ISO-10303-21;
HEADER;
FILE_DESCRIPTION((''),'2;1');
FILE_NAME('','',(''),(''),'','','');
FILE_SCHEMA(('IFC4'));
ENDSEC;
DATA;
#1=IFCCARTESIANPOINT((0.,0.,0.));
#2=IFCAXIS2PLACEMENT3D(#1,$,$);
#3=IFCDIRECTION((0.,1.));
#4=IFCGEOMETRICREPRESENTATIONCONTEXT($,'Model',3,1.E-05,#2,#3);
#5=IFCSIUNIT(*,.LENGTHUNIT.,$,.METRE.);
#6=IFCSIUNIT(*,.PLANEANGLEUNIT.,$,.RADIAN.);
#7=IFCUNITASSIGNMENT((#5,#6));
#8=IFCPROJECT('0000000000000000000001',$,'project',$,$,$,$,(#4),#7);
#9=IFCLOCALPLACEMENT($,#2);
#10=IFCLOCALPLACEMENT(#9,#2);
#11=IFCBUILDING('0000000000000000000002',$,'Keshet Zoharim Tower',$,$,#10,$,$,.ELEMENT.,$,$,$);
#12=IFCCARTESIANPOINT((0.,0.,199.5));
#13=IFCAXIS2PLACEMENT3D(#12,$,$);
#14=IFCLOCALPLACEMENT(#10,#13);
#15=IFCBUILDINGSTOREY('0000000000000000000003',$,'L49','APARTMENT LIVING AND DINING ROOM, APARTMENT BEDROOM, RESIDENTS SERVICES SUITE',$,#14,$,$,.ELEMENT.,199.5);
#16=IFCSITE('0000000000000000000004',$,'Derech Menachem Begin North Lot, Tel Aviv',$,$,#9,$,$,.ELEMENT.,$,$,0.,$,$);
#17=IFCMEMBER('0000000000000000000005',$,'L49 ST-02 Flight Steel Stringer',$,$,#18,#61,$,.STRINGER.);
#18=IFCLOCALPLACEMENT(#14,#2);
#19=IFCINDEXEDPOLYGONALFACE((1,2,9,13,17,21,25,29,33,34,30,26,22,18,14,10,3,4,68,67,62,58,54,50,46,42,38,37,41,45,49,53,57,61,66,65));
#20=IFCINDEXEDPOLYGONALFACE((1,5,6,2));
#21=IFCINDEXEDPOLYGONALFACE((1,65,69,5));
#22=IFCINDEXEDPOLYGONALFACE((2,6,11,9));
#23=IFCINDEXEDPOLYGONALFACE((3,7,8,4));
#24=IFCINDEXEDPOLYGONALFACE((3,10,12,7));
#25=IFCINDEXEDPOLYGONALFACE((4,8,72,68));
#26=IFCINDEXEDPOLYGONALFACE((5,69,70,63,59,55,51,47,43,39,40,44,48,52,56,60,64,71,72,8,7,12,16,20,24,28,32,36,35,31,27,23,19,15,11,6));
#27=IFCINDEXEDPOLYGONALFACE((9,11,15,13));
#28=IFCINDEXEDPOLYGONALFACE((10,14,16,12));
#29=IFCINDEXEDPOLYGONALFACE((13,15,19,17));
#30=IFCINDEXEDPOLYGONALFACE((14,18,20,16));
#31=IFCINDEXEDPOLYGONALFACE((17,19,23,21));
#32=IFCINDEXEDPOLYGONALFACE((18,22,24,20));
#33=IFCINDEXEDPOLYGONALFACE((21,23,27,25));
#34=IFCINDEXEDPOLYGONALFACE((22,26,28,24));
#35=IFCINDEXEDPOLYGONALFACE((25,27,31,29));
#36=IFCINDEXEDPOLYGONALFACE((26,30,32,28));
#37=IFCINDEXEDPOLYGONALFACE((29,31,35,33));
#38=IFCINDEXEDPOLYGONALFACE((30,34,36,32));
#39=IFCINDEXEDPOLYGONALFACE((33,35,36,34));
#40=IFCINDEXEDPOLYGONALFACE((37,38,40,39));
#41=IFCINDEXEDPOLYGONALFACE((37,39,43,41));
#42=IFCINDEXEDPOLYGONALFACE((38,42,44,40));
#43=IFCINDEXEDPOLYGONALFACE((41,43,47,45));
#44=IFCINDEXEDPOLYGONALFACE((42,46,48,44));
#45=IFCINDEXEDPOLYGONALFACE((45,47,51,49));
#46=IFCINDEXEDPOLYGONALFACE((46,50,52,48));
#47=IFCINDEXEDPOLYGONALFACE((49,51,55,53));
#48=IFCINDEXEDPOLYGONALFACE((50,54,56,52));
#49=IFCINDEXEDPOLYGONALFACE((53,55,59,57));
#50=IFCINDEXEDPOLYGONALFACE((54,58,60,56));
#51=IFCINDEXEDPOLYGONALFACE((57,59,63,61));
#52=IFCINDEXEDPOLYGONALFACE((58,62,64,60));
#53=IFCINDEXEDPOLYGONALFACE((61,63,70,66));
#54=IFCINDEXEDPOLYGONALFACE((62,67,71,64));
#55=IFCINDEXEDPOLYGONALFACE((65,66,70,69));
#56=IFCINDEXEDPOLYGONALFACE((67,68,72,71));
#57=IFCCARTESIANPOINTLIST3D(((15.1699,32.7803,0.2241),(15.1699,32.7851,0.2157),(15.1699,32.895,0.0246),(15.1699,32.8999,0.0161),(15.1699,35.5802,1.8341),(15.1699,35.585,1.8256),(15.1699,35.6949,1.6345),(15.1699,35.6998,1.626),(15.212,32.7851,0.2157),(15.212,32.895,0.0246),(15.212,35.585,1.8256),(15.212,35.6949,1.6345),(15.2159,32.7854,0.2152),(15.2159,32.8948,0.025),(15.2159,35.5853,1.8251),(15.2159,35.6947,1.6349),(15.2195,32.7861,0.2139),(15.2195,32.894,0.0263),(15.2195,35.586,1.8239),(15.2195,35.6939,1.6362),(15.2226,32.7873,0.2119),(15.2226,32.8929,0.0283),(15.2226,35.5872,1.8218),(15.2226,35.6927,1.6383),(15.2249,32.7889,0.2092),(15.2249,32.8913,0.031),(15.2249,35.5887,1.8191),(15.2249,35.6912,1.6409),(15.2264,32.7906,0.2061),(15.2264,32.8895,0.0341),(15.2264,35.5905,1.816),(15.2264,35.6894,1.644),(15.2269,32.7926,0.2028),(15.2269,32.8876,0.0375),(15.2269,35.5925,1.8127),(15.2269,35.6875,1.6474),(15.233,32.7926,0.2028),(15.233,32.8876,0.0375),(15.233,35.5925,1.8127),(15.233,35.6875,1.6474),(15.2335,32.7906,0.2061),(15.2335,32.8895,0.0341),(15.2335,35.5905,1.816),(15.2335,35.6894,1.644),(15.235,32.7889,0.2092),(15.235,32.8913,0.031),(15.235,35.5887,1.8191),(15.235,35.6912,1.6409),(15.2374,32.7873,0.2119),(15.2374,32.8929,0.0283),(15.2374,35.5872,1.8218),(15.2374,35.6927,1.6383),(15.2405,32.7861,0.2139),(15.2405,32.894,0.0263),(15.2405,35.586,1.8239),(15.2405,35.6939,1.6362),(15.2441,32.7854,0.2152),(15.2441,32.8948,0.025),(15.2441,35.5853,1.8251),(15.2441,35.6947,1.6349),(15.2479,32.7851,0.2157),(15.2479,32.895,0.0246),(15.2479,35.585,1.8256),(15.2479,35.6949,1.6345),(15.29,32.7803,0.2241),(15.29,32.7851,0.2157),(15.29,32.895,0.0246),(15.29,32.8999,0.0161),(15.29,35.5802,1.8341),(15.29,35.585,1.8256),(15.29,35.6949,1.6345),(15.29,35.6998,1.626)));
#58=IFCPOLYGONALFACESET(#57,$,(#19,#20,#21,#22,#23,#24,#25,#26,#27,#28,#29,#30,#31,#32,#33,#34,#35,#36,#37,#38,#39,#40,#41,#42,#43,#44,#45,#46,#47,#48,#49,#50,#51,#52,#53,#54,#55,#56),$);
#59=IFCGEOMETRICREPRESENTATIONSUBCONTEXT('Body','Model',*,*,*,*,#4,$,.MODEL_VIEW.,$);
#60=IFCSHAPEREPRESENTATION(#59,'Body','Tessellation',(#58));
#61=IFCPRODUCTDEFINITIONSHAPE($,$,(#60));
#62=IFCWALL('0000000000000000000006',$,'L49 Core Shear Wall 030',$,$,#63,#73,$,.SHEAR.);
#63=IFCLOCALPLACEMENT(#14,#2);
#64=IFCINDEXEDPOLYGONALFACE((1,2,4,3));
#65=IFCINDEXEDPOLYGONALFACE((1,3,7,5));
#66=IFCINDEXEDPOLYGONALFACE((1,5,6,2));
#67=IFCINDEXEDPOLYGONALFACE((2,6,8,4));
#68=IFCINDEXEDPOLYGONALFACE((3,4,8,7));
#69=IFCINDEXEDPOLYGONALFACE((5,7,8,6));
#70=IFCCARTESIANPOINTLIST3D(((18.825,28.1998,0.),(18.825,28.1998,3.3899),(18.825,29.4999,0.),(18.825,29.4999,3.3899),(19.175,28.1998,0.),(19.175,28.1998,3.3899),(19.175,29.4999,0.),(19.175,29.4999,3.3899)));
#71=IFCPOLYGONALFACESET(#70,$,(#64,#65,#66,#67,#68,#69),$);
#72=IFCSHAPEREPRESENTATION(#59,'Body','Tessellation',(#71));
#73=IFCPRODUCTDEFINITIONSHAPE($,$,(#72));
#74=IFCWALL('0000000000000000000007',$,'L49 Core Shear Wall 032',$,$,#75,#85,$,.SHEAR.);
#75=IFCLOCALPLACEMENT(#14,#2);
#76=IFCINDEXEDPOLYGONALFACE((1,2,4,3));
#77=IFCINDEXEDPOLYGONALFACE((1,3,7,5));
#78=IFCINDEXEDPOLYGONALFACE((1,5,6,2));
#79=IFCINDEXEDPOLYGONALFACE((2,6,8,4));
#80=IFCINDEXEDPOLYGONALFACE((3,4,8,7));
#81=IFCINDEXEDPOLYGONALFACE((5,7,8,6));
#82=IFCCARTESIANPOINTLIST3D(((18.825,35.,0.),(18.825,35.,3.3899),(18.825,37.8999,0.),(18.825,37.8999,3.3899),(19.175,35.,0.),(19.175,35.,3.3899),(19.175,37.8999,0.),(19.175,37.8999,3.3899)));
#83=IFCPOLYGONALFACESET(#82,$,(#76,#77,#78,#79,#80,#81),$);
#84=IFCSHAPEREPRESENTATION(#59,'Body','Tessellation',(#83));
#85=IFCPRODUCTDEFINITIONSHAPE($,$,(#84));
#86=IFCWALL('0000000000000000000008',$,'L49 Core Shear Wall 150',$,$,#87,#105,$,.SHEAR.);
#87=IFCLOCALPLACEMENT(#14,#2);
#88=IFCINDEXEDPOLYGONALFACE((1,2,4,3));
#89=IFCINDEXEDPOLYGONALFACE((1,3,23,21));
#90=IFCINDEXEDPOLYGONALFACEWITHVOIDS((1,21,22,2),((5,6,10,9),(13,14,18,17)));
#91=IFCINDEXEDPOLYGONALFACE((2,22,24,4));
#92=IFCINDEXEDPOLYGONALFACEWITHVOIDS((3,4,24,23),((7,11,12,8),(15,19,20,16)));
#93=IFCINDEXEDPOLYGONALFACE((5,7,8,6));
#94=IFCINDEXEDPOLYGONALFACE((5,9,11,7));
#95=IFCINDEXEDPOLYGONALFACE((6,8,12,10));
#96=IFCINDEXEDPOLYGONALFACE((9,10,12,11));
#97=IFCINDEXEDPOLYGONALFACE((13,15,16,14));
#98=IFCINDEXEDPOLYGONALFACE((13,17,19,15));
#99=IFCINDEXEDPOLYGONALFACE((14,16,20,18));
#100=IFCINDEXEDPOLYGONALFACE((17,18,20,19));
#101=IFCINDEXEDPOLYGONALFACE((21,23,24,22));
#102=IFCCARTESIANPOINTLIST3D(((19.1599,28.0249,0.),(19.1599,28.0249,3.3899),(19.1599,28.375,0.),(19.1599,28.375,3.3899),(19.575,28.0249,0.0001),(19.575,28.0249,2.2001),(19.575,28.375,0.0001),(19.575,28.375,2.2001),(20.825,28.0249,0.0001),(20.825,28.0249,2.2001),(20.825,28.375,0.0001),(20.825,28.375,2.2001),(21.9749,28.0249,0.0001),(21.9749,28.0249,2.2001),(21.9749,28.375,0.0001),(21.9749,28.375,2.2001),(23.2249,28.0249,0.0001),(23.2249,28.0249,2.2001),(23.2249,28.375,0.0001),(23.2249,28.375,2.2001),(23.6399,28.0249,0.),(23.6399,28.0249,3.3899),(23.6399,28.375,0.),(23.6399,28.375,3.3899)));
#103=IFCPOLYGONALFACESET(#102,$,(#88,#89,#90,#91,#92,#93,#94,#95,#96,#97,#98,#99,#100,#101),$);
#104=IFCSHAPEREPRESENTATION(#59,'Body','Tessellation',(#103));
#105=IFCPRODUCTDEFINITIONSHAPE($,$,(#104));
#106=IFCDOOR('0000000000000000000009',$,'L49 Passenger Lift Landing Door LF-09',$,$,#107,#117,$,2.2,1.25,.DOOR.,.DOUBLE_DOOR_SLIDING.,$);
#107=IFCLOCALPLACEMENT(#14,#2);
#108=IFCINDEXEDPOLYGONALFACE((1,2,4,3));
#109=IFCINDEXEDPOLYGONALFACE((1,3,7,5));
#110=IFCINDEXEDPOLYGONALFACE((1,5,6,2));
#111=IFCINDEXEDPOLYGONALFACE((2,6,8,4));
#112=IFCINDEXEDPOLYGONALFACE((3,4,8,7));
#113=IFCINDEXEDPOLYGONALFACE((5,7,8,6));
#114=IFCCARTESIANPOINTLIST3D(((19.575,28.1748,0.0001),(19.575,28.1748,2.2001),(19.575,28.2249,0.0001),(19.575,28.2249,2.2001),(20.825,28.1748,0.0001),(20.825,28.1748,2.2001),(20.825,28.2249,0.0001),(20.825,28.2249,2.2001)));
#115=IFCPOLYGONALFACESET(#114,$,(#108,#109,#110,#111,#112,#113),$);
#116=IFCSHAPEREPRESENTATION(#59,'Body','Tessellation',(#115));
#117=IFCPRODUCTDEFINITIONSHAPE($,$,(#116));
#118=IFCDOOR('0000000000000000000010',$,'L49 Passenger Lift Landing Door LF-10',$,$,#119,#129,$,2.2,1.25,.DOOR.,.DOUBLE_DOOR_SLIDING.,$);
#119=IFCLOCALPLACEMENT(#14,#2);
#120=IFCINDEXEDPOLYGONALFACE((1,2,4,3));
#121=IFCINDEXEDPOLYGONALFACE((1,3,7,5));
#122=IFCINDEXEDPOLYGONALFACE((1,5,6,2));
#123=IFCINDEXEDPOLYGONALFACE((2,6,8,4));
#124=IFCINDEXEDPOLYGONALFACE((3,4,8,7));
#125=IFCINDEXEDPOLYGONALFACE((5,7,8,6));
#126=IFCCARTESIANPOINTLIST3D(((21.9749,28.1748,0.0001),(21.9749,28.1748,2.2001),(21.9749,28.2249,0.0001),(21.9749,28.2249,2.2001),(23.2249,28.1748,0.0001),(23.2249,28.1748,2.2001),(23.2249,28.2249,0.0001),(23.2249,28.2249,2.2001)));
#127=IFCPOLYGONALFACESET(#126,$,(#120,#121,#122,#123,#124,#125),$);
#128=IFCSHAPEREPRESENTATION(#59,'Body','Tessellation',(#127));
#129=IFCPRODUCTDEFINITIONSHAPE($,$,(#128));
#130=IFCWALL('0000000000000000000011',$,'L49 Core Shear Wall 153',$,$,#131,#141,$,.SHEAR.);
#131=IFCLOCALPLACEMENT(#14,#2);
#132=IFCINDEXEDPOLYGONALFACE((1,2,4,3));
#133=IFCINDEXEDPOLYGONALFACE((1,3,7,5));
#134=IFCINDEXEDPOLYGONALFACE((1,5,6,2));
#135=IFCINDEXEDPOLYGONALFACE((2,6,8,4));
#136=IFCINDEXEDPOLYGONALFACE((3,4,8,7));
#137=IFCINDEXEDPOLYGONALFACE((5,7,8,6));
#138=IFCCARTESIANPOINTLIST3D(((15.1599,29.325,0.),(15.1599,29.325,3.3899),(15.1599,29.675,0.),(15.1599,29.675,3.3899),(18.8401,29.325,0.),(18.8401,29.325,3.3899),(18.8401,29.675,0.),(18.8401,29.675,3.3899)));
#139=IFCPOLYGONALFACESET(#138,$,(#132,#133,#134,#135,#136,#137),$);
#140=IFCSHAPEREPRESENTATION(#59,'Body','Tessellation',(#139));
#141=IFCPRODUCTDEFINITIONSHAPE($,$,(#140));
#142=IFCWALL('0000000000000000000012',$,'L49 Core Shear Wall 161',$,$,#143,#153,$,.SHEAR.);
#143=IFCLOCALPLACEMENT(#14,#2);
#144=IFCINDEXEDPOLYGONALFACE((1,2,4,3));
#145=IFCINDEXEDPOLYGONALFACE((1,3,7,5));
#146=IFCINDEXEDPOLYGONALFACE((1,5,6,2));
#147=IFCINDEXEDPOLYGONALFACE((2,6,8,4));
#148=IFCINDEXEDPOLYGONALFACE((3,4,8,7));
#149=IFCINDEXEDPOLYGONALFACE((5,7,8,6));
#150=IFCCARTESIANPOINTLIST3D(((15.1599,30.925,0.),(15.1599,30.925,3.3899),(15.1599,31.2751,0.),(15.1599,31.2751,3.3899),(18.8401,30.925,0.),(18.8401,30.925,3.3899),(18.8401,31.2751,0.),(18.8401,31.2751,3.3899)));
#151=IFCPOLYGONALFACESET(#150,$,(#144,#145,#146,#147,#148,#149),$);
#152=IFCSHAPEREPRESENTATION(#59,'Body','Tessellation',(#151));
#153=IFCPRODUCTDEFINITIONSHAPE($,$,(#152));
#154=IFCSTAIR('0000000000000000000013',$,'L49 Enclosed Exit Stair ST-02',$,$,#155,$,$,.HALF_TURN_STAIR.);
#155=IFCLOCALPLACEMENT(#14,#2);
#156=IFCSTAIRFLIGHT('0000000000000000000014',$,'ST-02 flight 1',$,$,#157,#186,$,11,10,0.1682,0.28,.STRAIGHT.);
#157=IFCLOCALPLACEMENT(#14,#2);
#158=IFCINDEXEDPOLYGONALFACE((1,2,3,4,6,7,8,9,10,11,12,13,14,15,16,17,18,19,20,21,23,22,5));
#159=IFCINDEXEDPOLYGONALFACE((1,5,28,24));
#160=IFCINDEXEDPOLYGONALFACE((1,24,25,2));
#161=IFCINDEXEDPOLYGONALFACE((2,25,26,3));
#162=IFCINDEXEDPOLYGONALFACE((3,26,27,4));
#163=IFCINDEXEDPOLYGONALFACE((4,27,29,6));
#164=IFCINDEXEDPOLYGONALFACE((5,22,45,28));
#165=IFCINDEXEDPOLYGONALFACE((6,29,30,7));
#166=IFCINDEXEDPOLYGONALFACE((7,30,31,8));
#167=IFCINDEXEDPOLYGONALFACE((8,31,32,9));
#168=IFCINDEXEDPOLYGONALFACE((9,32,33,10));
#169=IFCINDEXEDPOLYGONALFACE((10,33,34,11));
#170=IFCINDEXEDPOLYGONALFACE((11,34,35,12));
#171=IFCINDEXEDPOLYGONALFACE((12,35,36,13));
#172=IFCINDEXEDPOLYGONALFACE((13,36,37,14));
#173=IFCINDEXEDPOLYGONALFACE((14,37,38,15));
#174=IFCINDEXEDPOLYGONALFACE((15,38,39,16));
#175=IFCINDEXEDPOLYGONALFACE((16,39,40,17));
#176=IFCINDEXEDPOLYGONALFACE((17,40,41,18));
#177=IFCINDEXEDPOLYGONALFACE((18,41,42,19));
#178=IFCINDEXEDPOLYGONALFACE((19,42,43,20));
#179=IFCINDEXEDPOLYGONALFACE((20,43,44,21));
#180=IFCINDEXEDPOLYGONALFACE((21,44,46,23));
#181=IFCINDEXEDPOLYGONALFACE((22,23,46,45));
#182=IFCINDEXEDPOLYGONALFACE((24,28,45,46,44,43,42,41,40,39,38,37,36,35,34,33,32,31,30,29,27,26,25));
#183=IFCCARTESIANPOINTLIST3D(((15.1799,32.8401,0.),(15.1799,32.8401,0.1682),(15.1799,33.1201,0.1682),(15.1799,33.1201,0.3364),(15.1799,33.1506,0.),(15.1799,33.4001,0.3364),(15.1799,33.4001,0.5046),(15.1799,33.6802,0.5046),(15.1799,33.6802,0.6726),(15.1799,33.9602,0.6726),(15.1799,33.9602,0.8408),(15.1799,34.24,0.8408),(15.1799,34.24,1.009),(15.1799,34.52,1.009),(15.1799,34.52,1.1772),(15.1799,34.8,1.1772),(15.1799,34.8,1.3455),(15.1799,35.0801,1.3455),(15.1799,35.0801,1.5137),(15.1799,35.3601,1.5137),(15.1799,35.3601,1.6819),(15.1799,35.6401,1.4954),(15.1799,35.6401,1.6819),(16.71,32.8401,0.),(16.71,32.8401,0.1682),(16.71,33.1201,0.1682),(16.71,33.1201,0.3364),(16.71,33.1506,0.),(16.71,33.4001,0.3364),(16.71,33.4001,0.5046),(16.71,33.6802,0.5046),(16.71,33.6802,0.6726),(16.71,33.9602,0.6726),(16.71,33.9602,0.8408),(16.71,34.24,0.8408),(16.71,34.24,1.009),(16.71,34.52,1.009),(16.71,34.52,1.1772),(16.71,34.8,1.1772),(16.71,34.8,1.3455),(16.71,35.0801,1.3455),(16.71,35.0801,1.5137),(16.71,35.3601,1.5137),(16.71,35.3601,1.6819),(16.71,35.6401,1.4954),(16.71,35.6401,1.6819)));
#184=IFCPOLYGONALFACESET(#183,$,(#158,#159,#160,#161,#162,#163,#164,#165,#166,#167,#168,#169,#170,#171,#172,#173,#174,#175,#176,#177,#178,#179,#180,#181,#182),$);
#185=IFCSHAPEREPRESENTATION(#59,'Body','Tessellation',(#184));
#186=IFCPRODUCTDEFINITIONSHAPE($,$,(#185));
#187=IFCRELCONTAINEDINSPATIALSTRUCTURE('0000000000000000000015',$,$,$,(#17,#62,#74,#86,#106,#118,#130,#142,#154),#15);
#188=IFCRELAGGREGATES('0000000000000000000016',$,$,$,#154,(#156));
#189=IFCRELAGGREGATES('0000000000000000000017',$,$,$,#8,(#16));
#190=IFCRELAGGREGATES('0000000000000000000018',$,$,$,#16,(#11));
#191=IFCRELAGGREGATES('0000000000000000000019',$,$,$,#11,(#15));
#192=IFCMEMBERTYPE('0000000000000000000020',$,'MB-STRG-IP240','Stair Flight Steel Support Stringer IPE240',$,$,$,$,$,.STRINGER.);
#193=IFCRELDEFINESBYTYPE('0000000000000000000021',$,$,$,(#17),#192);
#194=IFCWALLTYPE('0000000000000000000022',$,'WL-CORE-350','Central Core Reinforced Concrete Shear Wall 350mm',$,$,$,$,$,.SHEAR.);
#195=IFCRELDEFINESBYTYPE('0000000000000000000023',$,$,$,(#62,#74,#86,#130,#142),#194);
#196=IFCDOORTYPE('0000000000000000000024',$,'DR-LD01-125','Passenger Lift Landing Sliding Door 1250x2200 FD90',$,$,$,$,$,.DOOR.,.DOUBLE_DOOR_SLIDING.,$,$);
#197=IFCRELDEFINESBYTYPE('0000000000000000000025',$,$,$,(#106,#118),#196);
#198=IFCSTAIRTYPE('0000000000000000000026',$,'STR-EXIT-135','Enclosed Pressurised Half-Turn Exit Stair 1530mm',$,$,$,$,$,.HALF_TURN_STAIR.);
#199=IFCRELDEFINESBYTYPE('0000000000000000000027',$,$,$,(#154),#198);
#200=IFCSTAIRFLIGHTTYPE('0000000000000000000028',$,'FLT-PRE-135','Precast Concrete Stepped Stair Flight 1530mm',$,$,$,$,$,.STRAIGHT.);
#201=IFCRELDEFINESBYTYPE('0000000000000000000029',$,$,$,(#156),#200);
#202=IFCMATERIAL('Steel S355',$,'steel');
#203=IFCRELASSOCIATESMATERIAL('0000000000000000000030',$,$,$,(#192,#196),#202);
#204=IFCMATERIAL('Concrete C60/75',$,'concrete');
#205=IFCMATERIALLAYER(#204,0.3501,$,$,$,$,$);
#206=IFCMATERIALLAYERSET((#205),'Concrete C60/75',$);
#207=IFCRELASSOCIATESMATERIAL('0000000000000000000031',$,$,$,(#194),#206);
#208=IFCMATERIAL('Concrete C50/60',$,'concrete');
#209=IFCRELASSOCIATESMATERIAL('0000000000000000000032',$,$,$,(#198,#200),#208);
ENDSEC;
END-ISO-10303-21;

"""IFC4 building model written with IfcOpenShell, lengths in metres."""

from ifc_helpers import new_model, si_unit, direction, frame, frame_2d, origin, origin_2d, place, context, subcontext, project, spatial, polyline, rectangle, i_section, outline, extrude, material, layer, layer_set, material_profile, profile_set, type_object, element, fill, aggregate, save


model = new_model("IFC4")

# Units and contexts
model_context = context("Model", 3, precision=1e-05, world=origin(), true_north=direction((0.0, 1.0)))
body_context = subcontext(model_context, "Body", "Model", "MODEL_VIEW")
ifc_project = project(units=[si_unit("LENGTHUNIT", "METRE"), si_unit("PLANEANGLEUNIT", "RADIAN")], contexts=[model_context])

# Site, building, storey
site_placement = place(None, origin())
site = spatial("IfcSite", under=ifc_project, at=site_placement, Name="Derech Menachem Begin North Lot, Tel Aviv", CompositionType="ELEMENT", RefElevation=0.0)
building_placement = place(site_placement, origin())
building = spatial("IfcBuilding", under=site, at=building_placement, Name="Keshet Zoharim Tower", CompositionType="ELEMENT")
storey_placement = place(building_placement, frame((0.0, 0.0, 199.5)))
storey = spatial("IfcBuildingStorey", under=building, at=storey_placement, Name="L49", Description="APARTMENT LIVING AND DINING ROOM, APARTMENT BEDROOM, RESIDENTS SERVICES SUITE", CompositionType="ELEMENT", Elevation=199.5)

# Member
ifc_material_1 = material(Name="Steel S355", Category="steel")
ifc_material_profile = material_profile(ifc_material_1, i_section(OverallWidth=0.1201, OverallDepth=0.24, WebThickness=0.0061, FlangeThickness=0.0098, FilletRadius=0.0149, at=origin_2d()), Name="IPE240")
ifc_profile_set = profile_set([ifc_material_profile], Name="Steel S355")
member_type = type_object("IfcMemberType", Name="MB-STRG-IP240", Description="Stair Flight Steel Support Stringer IPE240", PredefinedType="STRINGER", material=ifc_profile_set)
member_placement = place(storey_placement, frame((15.23, 32.8401, 0.1201), z_axis=(0.0, 0.86691, 0.498465), x_axis=(-1.0, 0.0, 0.0)))
element("IfcMember", 1, at=member_placement, inside=storey, type_object=member_type, Name="L49 ST-02 Flight Steel Stringer", PredefinedType="STRINGER", context=body_context, shape_type="SweptSolid", body=[
    extrude(i_section(OverallWidth=0.1201, OverallDepth=0.24, WebThickness=0.0061, FlangeThickness=0.0098, FilletRadius=0.0149, at=origin_2d()), origin(), (0.0, 0.0, 1.0), 3.2297),
])

# Wall
ifc_material_2 = material(Name="Concrete C60/75", Category="concrete")
ifc_layer_1 = layer(ifc_material_2, 0.3501)
ifc_layer_set_1 = layer_set([ifc_layer_1], Name="Concrete C60/75")
wall_type = type_object("IfcWallType", Name="WL-CORE-350", Description="Central Core Reinforced Concrete Shear Wall 350mm", PredefinedType="SHEAR", material=ifc_layer_set_1)
wall_1_placement = place(storey_placement, frame((19.0, 28.2, 0.0), z_axis=(0.0, 0.0, 1.0), x_axis=(0.0, 1.0, 0.0)))
element("IfcWall", 2, at=wall_1_placement, inside=storey, type_object=wall_type, Name="L49 Core Shear Wall 030", PredefinedType="SHEAR", context=body_context, shape_type="SweptSolid", body=[
    extrude(rectangle(XDim=1.3, YDim=0.3501, at=frame_2d((0.6499, 0.0))), origin(), (0.0, 0.0, 1.0), 3.3899),
])

# Wall
wall_2_placement = place(storey_placement, frame((19.0, 35.0, 0.0), z_axis=(0.0, 0.0, 1.0), x_axis=(0.0, 1.0, 0.0)))
element("IfcWall", 3, at=wall_2_placement, inside=storey, type_object=wall_type, Name="L49 Core Shear Wall 032", PredefinedType="SHEAR", context=body_context, shape_type="SweptSolid", body=[
    extrude(rectangle(XDim=2.8999, YDim=0.3501, at=frame_2d((1.45, 0.0))), origin(), (0.0, 0.0, 1.0), 3.3899),
])

# Wall, openings, doors
wall_3_placement = place(storey_placement, frame((19.1599, 28.2, 0.0), z_axis=(0.0, 0.0, 1.0), x_axis=(1.0, 0.0, 0.0)))
wall_3 = element("IfcWall", 4, at=wall_3_placement, inside=storey, type_object=wall_type, Name="L49 Core Shear Wall 150", PredefinedType="SHEAR", context=body_context, shape_type="SweptSolid", body=[
    extrude(rectangle(XDim=4.48, YDim=0.3501, at=frame_2d((2.24, 0.0))), origin(), (0.0, 0.0, 1.0), 3.3899),
])
opening_1_placement = place(wall_3_placement, frame((0.415, 0.0, 0.0)))
opening_1 = element("IfcOpeningElement", 5, at=opening_1_placement, cuts=wall_3, PredefinedType="OPENING", context=body_context, shape_type="SweptSolid", body=[
    extrude(rectangle(XDim=1.25, YDim=2.2, at=frame_2d((0.625, 1.1001))), frame((0.0, 0.1851, 0.0), z_axis=(0.0, -1.0, 0.0), x_axis=(1.0, 0.0, 0.0)), (0.0, 0.0, 1.0), 0.3701),
])
opening_2_placement = place(wall_3_placement, frame((2.8149, 0.0, 0.0)))
opening_2 = element("IfcOpeningElement", 6, at=opening_2_placement, cuts=wall_3, PredefinedType="OPENING", context=body_context, shape_type="SweptSolid", body=[
    extrude(rectangle(XDim=1.25, YDim=2.2, at=frame_2d((0.625, 1.1001))), frame((0.0, 0.1851, 0.0), z_axis=(0.0, -1.0, 0.0), x_axis=(1.0, 0.0, 0.0)), (0.0, 0.0, 1.0), 0.3701),
])
door_type_1 = type_object("IfcDoorType", Name="DR-LD01-125", Description="Passenger Lift Landing Sliding Door 1250x2200 FD90", OperationType="DOUBLE_DOOR_SLIDING", PredefinedType="DOOR", material=ifc_material_1)
door_1_placement = place(opening_1_placement, origin())
door_1 = element("IfcDoor", 7, at=door_1_placement, inside=storey, type_object=door_type_1, Name="L49 Passenger Lift Landing Door LF-09", OperationType="DOUBLE_DOOR_SLIDING", OverallHeight=2.2, OverallWidth=1.25, PredefinedType="DOOR", context=body_context, shape_type="SweptSolid", body=[
    extrude(rectangle(XDim=1.25, YDim=2.2, at=frame_2d((0.625, 1.1001))), frame((0.0, 0.0249, 0.0), z_axis=(0.0, -1.0, 0.0), x_axis=(1.0, 0.0, 0.0)), (0.0, 0.0, 1.0), 0.05),
])
fill(opening_1, door_1)
door_2_placement = place(opening_2_placement, origin())
door_2 = element("IfcDoor", 8, at=door_2_placement, inside=storey, type_object=door_type_1, Name="L49 Passenger Lift Landing Door LF-10", OperationType="DOUBLE_DOOR_SLIDING", OverallHeight=2.2, OverallWidth=1.25, PredefinedType="DOOR", context=body_context, shape_type="SweptSolid", body=[
    extrude(rectangle(XDim=1.25, YDim=2.2, at=frame_2d((0.625, 1.1001))), frame((0.0, 0.0249, 0.0), z_axis=(0.0, -1.0, 0.0), x_axis=(1.0, 0.0, 0.0)), (0.0, 0.0, 1.0), 0.05),
])
fill(opening_2, door_2)

# Walls
for number, where, z_axis, x_axis, name in (
    (9, (15.1599, 29.5, 0.0), (0.0, 0.0, 1.0), (1.0, 0.0, 0.0), "L49 Core Shear Wall 153"),
    (10, (15.1599, 31.1001, 0.0), (0.0, 0.0, 1.0), (1.0, 0.0, 0.0), "L49 Core Shear Wall 161"),
):
    element("IfcWall", number, at=place(storey_placement, frame(where, z_axis=z_axis, x_axis=x_axis)), inside=storey, type_object=wall_type, Name=name, PredefinedType="SHEAR", context=body_context, shape_type="SweptSolid", body=[
        extrude(rectangle(XDim=3.6802, YDim=0.3501, at=frame_2d((1.8401, 0.0))), origin(), (0.0, 0.0, 1.0), 3.3899),
    ])

# Stair, stair flight
ifc_material_3 = material(Name="Concrete C50/60", Category="concrete")
stair_type = type_object("IfcStairType", Name="STR-EXIT-135", Description="Enclosed Pressurised Half-Turn Exit Stair 1530mm", PredefinedType="HALF_TURN_STAIR", material=ifc_material_3)
stair_placement = place(storey_placement, origin())
stair = element("IfcStair", 11, at=stair_placement, inside=storey, type_object=stair_type, Name="L49 Enclosed Exit Stair ST-02", PredefinedType="HALF_TURN_STAIR")
stair_flight_type = type_object("IfcStairFlightType", Name="FLT-PRE-135", Description="Precast Concrete Stepped Stair Flight 1530mm", PredefinedType="STRAIGHT", material=ifc_material_3)
stair_flight_1_placement = place(storey_placement, frame((15.9451, 32.8401, 0.0), z_axis=(0.0, 0.0, 1.0), x_axis=(0.0, 1.0, 0.0)))
stair_flight_1 = element("IfcStairFlight", 12, at=stair_flight_1_placement, type_object=stair_flight_type, Name="ST-02 flight 1", NumberOfRisers=11, NumberOfTreads=10, PredefinedType="STRAIGHT", RiserHeight=0.1682, TreadLength=0.28, context=body_context, shape_type="SweptSolid", body=[
    extrude(outline(polyline([(0.0, 0.0), (0.0, 0.1682), (0.28, 0.1682), (0.28, 0.3364), (0.5601, 0.3364), (0.5601, 0.5046), (0.8401, 0.5046), (0.8401, 0.6726), (1.1201, 0.6726), (1.1201, 0.8408), (1.3999, 0.8408), (1.3999, 1.009), (1.6799, 1.009), (1.6799, 1.1772), (1.96, 1.1772), (1.96, 1.3455), (2.24, 1.3455), (2.24, 1.5137), (2.52, 1.5137), (2.52, 1.6819), (2.8, 1.6819), (2.8, 1.8501), (2.8, 1.4954), (0.3105, 0.0), (0.0, 0.0)])), frame((0.0, 0.7651, 0.0), z_axis=(0.0, -1.0, 0.0), x_axis=(1.0, 0.0, 0.0)), (0.0, 0.0, 1.0), 1.53),
])
aggregate(stair, [stair_flight_1])

save(model, "model.ifc")
